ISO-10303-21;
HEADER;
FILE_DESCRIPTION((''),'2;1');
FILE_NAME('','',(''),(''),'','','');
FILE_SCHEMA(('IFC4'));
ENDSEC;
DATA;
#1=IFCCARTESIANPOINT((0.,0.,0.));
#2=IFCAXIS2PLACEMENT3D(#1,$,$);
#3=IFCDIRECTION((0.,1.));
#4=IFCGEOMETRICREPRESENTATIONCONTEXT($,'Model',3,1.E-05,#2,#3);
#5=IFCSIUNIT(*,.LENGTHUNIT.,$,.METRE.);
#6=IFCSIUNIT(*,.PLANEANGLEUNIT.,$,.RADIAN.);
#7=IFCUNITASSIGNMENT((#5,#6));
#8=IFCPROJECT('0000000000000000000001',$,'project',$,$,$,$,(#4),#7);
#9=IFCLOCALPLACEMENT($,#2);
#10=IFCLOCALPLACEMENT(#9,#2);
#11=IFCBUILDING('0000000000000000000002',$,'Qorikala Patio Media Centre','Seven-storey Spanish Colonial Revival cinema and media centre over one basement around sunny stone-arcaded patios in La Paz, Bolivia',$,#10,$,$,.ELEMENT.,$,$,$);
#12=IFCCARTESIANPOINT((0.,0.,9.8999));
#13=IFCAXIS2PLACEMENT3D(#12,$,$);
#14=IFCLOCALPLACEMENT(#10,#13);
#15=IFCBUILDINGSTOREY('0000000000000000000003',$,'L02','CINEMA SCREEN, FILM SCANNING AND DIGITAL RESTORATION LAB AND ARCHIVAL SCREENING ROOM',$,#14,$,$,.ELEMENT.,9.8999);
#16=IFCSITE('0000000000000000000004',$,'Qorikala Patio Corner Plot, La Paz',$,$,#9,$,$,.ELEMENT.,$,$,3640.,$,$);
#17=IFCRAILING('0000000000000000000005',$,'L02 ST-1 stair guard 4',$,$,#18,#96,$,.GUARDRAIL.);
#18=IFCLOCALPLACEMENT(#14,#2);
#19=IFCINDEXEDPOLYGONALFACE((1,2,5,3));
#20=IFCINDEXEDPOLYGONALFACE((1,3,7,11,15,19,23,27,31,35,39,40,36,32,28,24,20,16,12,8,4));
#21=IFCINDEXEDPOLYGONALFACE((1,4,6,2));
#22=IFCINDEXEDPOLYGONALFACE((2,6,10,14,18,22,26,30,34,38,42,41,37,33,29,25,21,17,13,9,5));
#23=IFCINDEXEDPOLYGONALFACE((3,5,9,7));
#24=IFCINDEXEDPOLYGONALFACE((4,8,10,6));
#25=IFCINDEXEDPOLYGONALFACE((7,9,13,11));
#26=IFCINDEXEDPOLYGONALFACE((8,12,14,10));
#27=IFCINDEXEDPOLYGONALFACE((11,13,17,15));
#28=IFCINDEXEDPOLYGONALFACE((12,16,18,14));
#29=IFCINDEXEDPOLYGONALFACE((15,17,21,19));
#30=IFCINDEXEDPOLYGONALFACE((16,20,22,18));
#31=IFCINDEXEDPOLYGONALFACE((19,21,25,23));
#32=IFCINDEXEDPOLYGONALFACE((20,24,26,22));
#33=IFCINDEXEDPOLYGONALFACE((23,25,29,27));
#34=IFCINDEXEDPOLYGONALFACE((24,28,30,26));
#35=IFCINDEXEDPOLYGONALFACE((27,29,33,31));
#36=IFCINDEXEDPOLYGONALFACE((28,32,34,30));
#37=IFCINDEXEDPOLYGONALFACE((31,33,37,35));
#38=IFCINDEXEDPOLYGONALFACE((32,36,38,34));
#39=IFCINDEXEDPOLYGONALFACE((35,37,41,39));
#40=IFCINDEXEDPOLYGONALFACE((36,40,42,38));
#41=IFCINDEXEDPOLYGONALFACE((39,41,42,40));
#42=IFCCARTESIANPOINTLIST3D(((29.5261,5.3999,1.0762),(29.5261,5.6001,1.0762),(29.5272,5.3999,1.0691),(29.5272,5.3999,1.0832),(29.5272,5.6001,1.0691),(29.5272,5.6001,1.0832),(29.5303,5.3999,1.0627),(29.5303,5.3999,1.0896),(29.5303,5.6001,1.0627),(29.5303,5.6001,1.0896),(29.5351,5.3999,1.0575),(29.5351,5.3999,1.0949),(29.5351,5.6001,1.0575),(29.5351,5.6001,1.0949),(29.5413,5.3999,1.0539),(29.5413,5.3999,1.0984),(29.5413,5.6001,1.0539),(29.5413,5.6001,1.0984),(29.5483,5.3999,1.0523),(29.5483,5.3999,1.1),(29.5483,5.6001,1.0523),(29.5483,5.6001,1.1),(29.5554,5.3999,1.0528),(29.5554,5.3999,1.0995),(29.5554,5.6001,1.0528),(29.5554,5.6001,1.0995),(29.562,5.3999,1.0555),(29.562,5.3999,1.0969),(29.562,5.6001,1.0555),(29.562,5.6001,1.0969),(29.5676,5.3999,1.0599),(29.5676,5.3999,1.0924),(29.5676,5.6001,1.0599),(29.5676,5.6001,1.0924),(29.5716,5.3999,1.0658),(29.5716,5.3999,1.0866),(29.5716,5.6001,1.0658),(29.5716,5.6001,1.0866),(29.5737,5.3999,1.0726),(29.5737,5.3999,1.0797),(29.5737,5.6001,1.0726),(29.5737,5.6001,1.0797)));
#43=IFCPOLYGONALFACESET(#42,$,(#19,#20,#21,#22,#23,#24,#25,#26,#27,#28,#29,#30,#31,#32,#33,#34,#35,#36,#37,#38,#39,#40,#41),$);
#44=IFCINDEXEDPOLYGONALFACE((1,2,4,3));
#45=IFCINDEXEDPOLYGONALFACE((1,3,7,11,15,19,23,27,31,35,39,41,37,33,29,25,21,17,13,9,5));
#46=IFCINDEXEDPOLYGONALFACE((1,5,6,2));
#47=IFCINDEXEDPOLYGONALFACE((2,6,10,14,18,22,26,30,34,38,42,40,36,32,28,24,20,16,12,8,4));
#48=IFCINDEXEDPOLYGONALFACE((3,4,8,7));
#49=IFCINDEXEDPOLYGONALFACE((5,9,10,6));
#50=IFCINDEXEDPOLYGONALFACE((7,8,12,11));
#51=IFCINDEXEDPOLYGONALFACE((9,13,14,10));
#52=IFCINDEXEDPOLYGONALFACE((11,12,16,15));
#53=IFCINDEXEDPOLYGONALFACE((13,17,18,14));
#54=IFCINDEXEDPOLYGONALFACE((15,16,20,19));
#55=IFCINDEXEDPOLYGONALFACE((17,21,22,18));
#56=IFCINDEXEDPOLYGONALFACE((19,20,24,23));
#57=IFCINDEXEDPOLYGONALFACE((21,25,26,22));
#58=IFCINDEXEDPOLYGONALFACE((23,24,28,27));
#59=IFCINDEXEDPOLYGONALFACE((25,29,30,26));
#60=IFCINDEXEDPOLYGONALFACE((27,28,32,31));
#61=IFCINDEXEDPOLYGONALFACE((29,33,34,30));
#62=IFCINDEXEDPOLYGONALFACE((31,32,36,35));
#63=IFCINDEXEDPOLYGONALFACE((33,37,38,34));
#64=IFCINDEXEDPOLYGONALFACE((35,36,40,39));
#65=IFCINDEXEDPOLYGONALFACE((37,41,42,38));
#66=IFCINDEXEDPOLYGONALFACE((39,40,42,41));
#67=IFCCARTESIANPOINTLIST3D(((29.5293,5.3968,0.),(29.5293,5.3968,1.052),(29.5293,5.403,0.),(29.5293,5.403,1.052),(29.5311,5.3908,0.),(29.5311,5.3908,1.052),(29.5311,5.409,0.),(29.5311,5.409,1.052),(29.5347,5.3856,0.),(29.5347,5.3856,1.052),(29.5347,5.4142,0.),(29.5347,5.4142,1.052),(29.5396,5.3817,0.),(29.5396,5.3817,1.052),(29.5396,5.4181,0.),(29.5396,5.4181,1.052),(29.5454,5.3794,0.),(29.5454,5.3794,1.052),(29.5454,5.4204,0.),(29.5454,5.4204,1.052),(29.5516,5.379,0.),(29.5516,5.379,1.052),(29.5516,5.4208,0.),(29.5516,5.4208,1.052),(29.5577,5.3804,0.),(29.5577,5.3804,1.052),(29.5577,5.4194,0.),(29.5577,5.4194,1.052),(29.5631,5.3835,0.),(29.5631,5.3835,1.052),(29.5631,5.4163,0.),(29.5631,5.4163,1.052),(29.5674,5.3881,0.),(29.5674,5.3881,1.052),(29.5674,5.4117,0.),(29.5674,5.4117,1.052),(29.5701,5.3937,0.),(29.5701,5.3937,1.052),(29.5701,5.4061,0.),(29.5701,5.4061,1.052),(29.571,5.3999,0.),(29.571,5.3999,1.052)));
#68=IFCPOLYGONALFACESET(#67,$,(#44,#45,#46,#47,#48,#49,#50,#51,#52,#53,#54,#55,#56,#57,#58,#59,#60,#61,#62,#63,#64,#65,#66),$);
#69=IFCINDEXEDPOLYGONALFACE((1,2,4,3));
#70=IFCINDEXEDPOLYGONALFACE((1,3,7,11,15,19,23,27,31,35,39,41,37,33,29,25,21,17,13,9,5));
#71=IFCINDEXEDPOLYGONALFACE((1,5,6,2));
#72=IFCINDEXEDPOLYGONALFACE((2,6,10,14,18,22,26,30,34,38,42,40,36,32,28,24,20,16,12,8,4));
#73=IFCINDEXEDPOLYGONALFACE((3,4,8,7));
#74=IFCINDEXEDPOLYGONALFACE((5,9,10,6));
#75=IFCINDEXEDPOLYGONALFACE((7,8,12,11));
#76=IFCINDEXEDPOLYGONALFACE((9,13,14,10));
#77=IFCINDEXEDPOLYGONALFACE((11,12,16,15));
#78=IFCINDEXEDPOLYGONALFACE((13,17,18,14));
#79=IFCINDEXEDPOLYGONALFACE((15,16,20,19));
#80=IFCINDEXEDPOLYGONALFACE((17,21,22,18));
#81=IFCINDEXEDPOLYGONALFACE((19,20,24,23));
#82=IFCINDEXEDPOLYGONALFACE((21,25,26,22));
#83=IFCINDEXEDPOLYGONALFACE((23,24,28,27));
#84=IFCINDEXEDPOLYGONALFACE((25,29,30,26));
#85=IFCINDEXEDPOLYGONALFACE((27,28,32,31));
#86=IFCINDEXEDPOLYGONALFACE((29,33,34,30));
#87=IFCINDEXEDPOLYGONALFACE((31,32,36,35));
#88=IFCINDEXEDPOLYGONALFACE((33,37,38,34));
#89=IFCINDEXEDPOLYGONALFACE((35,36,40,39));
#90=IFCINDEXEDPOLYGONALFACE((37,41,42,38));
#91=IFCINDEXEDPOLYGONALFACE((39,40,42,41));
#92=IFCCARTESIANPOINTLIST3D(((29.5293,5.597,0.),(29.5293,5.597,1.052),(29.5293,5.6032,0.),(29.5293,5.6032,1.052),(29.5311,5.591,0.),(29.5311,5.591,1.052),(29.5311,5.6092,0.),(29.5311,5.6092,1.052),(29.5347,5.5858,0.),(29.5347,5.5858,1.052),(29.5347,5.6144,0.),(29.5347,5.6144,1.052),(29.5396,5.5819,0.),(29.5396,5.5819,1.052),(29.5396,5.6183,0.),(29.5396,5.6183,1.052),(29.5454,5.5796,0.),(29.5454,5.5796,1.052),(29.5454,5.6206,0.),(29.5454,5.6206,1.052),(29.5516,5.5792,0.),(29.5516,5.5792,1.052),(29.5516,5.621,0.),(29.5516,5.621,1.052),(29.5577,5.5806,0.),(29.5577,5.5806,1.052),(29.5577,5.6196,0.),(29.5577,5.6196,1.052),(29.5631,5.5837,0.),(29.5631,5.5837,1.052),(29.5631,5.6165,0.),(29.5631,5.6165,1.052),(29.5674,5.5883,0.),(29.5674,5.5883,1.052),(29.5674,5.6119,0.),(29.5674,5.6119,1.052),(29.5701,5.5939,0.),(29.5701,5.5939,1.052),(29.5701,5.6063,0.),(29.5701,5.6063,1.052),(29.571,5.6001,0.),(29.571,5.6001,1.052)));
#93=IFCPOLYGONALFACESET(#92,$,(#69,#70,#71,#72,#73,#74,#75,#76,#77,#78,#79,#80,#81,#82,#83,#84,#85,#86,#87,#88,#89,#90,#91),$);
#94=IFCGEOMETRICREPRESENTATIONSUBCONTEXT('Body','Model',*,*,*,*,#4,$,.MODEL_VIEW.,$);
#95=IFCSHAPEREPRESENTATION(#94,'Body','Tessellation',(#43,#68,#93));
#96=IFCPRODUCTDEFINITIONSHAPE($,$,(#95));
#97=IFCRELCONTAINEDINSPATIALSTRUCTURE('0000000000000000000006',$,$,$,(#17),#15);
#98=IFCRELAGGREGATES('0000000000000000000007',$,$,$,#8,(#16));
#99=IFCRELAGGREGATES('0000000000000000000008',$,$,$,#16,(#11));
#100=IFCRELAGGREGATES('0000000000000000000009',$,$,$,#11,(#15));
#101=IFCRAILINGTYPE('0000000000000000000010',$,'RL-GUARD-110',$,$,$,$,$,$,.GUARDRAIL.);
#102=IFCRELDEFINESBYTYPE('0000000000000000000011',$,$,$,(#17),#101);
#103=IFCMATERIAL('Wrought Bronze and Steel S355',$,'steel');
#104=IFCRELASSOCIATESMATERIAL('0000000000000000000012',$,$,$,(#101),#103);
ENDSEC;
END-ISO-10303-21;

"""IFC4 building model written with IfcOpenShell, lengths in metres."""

from ifc_helpers import new_model, si_unit, direction, frame, origin, origin_2d, place, context, subcontext, project, spatial, circle, extrude, material, type_object, element, save


model = new_model("IFC4")

# Units and contexts
model_context = context("Model", 3, precision=1e-05, world=origin(), true_north=direction((0.0, 1.0)))
body_context = subcontext(model_context, "Body", "Model", "MODEL_VIEW")
ifc_project = project(units=[si_unit("LENGTHUNIT", "METRE"), si_unit("PLANEANGLEUNIT", "RADIAN")], contexts=[model_context])

# Site, building, storey
site_placement = place(None, origin())
site = spatial("IfcSite", under=ifc_project, at=site_placement, Name="Qorikala Patio Corner Plot, La Paz", CompositionType="ELEMENT", RefElevation=3640.0)
building_placement = place(site_placement, origin())
building = spatial("IfcBuilding", under=site, at=building_placement, Name="Qorikala Patio Media Centre", Description="Seven-storey Spanish Colonial Revival cinema and media centre over one basement around sunny stone-arcaded patios in La Paz, Bolivia", CompositionType="ELEMENT")
storey_placement = place(building_placement, frame((0.0, 0.0, 9.8999)))
storey = spatial("IfcBuildingStorey", under=building, at=storey_placement, Name="L02", Description="CINEMA SCREEN, FILM SCANNING AND DIGITAL RESTORATION LAB AND ARCHIVAL SCREENING ROOM", CompositionType="ELEMENT", Elevation=9.8999)

# Railing
ifc_material_1 = material(Name="Wrought Bronze and Steel S355", Category="steel")
railing_type_1 = type_object("IfcRailingType", Name="RL-GUARD-110", PredefinedType="GUARDRAIL", material=ifc_material_1)
railing_1_placement = place(storey_placement, frame((29.55, 5.3999, 0.0)))
element("IfcRailing", 1, at=railing_1_placement, inside=storey, type_object=railing_type_1, Name="L02 ST-1 stair guard 4", PredefinedType="GUARDRAIL", context=body_context, shape_type="SweptSolid", body=[
    extrude(circle(Radius=0.0239, at=origin_2d()), frame((0.0, 0.0, 1.0762), z_axis=(0.0, 1.0, 0.0), x_axis=(-1.0, 0.0, 0.0)), (0.0, 0.0, 1.0), 0.2002),
    extrude(circle(Radius=0.021, at=origin_2d()), origin(), (0.0, 0.0, 1.0), 1.052),
    extrude(circle(Radius=0.021, at=origin_2d()), frame((0.0, 0.2002, 0.0)), (0.0, 0.0, 1.0), 1.052),
])

save(model, "model.ifc")
